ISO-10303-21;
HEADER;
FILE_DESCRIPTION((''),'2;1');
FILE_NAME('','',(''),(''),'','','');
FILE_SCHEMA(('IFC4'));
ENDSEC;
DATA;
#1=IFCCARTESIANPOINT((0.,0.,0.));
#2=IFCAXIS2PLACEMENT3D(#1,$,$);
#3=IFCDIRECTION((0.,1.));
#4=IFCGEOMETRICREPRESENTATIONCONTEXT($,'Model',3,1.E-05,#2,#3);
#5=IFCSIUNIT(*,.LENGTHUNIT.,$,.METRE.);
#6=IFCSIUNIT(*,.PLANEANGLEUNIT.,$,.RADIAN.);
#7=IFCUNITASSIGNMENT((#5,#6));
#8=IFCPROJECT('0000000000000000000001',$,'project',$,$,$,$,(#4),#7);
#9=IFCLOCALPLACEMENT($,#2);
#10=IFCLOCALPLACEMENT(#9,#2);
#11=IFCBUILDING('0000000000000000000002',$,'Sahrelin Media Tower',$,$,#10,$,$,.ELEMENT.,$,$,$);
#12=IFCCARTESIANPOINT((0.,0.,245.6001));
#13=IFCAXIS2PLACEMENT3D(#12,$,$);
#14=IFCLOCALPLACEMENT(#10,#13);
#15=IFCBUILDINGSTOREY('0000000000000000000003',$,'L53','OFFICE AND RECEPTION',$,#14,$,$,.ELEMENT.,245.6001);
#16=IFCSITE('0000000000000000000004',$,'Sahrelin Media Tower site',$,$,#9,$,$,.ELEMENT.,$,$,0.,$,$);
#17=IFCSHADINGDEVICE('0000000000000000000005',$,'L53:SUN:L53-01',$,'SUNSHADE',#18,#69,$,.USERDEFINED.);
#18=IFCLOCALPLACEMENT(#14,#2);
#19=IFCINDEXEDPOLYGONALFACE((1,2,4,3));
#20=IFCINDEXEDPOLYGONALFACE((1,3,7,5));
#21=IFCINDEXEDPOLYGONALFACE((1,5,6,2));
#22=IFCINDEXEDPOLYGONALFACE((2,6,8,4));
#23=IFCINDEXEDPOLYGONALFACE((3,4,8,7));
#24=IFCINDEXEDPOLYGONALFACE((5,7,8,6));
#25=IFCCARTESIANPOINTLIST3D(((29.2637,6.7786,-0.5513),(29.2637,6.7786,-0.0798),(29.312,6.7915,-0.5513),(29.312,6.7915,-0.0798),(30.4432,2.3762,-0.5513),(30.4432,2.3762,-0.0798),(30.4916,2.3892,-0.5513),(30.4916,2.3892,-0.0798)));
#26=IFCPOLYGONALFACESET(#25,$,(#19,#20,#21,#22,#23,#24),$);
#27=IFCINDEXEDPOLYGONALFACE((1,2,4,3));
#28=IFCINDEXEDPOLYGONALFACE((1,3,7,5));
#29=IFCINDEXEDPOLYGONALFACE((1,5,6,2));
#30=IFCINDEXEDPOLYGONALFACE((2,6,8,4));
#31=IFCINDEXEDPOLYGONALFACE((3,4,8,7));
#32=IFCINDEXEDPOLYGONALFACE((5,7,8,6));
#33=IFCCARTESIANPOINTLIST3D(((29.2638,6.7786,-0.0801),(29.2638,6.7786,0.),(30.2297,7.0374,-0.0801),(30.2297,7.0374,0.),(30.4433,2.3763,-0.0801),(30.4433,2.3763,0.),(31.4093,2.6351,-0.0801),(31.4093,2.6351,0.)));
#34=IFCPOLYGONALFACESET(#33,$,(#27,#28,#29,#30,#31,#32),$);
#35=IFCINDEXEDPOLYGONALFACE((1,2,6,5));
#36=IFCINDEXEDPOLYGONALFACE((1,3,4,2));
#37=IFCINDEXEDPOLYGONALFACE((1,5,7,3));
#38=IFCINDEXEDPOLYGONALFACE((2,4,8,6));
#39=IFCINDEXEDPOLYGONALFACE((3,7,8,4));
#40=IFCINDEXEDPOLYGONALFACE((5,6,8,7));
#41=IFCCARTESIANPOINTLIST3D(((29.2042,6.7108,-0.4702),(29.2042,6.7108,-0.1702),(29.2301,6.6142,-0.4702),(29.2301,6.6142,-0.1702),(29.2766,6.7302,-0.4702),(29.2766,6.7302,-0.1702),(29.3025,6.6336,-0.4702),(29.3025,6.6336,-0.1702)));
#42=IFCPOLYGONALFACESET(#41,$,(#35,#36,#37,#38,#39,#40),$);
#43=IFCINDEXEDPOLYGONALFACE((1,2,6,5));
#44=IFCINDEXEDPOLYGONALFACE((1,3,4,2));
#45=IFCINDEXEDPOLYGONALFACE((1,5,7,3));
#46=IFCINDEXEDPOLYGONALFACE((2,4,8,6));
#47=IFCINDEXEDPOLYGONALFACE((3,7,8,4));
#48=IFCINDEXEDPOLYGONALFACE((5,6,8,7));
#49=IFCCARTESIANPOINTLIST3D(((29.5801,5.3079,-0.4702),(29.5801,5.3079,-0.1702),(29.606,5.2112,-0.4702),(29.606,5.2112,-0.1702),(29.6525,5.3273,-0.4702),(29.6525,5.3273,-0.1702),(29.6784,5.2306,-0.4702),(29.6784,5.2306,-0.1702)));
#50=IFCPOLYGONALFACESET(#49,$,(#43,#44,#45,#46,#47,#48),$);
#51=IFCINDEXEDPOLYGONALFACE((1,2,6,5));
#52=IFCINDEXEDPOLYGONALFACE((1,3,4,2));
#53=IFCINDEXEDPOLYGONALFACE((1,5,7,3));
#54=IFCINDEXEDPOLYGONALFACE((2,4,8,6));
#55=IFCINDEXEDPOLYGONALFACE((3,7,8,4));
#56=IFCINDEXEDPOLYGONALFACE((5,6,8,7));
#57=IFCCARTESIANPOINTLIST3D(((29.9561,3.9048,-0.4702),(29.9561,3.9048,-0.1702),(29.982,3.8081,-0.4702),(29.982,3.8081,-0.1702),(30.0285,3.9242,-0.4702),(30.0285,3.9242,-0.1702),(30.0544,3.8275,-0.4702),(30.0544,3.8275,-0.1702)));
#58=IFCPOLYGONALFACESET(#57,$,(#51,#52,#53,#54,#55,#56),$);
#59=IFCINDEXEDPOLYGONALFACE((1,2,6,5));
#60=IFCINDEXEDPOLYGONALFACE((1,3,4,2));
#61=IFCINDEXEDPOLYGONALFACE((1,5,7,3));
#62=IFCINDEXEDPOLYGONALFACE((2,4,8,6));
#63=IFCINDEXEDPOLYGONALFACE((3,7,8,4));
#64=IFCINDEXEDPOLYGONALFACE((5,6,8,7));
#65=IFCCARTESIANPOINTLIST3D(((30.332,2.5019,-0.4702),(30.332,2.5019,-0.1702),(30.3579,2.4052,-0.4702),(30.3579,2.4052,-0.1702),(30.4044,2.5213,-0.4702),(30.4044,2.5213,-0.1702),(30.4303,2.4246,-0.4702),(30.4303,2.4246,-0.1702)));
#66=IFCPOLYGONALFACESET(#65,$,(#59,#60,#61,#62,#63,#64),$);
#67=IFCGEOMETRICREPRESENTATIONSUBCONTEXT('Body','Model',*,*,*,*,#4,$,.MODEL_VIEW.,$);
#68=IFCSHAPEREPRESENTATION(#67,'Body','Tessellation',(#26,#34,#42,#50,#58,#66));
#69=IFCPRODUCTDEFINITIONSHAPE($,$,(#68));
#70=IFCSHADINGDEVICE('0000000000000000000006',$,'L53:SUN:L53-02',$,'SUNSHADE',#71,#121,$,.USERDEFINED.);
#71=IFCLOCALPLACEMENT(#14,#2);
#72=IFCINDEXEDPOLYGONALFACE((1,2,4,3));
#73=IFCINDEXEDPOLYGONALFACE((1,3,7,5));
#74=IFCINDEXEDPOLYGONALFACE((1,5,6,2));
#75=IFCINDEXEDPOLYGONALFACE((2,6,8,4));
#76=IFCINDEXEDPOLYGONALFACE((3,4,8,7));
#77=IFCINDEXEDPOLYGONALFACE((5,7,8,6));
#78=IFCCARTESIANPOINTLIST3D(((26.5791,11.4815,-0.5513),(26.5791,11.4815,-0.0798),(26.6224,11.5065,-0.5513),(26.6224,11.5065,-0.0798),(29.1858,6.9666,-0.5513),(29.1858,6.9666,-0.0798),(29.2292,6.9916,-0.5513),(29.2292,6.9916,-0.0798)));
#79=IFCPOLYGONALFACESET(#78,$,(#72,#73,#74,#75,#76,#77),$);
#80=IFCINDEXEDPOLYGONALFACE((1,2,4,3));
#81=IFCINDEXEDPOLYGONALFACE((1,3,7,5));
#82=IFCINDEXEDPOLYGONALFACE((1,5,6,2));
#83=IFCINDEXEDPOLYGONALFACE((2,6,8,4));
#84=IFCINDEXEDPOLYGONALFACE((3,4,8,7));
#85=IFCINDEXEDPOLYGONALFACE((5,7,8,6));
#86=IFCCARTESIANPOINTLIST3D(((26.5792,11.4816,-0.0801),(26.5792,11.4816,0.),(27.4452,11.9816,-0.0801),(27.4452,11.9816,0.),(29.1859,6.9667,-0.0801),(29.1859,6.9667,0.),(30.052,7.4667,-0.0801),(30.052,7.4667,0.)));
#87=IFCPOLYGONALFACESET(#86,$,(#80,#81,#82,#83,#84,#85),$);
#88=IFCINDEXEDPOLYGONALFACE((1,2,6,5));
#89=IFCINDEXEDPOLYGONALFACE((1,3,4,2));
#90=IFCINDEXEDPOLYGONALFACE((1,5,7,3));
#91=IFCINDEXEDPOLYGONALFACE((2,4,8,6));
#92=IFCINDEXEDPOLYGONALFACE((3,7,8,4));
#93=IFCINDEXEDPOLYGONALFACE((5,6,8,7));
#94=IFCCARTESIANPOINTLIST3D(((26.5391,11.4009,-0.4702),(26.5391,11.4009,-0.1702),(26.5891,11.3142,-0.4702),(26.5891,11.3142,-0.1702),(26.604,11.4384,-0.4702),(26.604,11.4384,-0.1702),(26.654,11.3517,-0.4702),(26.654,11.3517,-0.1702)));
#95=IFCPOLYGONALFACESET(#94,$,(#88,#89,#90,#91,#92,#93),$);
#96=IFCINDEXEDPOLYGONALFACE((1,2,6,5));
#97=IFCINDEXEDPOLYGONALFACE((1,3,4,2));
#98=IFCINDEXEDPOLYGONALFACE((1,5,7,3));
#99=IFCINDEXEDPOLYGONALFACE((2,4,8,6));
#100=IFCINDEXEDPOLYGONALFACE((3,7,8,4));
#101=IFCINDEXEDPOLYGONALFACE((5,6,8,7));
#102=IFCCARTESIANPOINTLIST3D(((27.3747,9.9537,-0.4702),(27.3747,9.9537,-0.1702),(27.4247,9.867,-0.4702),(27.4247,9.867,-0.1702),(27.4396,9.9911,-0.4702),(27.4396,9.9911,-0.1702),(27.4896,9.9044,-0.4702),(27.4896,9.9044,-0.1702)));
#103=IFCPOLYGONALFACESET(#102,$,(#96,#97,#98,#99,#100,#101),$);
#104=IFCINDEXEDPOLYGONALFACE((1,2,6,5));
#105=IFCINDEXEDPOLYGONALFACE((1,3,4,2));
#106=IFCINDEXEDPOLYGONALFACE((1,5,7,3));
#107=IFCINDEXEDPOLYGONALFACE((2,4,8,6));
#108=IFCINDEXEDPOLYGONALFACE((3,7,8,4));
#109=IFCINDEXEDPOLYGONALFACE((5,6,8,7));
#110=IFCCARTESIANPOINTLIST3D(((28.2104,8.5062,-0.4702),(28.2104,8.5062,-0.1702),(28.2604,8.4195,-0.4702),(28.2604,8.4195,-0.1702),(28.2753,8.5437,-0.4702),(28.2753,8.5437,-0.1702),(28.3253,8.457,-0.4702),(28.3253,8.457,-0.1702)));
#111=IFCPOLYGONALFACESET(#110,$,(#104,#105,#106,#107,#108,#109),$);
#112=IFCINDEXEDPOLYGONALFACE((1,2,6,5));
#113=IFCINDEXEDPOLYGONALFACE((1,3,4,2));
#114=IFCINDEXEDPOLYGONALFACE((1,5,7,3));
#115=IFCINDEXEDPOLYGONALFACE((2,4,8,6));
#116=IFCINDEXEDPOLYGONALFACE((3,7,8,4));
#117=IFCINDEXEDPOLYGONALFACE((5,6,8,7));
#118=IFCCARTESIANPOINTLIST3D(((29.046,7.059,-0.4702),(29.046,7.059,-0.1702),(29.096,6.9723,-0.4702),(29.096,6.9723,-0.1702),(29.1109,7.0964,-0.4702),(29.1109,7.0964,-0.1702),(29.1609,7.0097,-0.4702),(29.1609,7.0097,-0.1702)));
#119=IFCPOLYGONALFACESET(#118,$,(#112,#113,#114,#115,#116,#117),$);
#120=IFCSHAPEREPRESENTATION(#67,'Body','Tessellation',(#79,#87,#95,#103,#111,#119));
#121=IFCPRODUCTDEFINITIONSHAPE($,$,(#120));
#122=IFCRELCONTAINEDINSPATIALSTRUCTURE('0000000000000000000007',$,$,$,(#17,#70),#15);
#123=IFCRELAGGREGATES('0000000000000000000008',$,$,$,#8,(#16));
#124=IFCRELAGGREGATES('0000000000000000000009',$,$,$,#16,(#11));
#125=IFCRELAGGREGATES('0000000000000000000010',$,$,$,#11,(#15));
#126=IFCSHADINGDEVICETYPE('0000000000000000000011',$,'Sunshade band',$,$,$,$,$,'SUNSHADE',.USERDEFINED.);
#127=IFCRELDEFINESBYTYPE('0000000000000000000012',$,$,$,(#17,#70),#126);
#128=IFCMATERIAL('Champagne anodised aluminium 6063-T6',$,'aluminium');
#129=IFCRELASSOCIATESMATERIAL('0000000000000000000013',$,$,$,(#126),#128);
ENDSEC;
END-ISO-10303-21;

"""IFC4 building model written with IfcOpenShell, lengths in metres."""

from ifc_helpers import new_model, si_unit, direction, frame, origin, origin_2d, place, context, subcontext, project, spatial, rectangle, extrude, material, type_object, element, save


model = new_model("IFC4")

# Units and contexts
model_context = context("Model", 3, precision=1e-05, world=origin(), true_north=direction((0.0, 1.0)))
body_context = subcontext(model_context, "Body", "Model", "MODEL_VIEW")
ifc_project = project(units=[si_unit("LENGTHUNIT", "METRE"), si_unit("PLANEANGLEUNIT", "RADIAN")], contexts=[model_context])

# Site, building, storey
site_placement = place(None, origin())
site = spatial("IfcSite", under=ifc_project, at=site_placement, Name="Sahrelin Media Tower site", CompositionType="ELEMENT", RefElevation=0.0)
building_placement = place(site_placement, origin())
building = spatial("IfcBuilding", under=site, at=building_placement, Name="Sahrelin Media Tower", CompositionType="ELEMENT")
storey_placement = place(building_placement, frame((0.0, 0.0, 245.6001)))
storey = spatial("IfcBuildingStorey", under=building, at=storey_placement, Name="L53", Description="OFFICE AND RECEPTION", CompositionType="ELEMENT", Elevation=245.6001)

# Shared definitions
ifc_material_1 = material(Name="Champagne anodised aluminium 6063-T6", Category="aluminium")

# Shading devices
placement_1 = place(storey_placement, frame((29.8342, 4.5723, 0.0), z_axis=(0.0, 0.0, 1.0), x_axis=(0.258808, -0.965929, 0.0)))
placement_2 = place(storey_placement, frame((27.8652, 9.2141, 0.0), z_axis=(0.0, 0.0, 1.0), x_axis=(0.500011, -0.866019, 0.0)))
shading_device_type_1 = type_object("IfcShadingDeviceType", Name="Sunshade band", ElementType="SUNSHADE", PredefinedType="USERDEFINED", material=ifc_material_1)
element("IfcShadingDevice", 1, at=placement_1, inside=storey, type_object=shading_device_type_1, Name="L53:SUN:L53-01", ObjectType="SUNSHADE", PredefinedType="USERDEFINED", context=body_context, shape_type="SweptSolid", body=[
    extrude(rectangle(XDim=4.5576, YDim=0.05, at=origin_2d()), frame((0.0, 0.0449, -0.5513)), (0.0, 0.0, 1.0), 0.4714),
    extrude(rectangle(XDim=4.5576, YDim=1.0, at=origin_2d()), frame((0.0, 0.52, -0.0801)), (0.0, 0.0, 1.0), 0.0801),
    extrude(rectangle(XDim=0.1001, YDim=0.075, at=origin_2d()), frame((-2.1787, -0.0176, -0.4702)), (0.0, 0.0, 1.0), 0.3),
    extrude(rectangle(XDim=0.1001, YDim=0.075, at=origin_2d()), frame((-0.7263, -0.0176, -0.4702)), (0.0, 0.0, 1.0), 0.3),
    extrude(rectangle(XDim=0.1001, YDim=0.075, at=origin_2d()), frame((0.7263, -0.0176, -0.4702)), (0.0, 0.0, 1.0), 0.3),
    extrude(rectangle(XDim=0.1001, YDim=0.075, at=origin_2d()), frame((2.1787, -0.0176, -0.4702)), (0.0, 0.0, 1.0), 0.3),
])
element("IfcShadingDevice", 2, at=placement_2, inside=storey, type_object=shading_device_type_1, Name="L53:SUN:L53-02", ObjectType="SUNSHADE", PredefinedType="USERDEFINED", context=body_context, shape_type="SweptSolid", body=[
    extrude(rectangle(XDim=5.2134, YDim=0.05, at=origin_2d()), frame((0.0, 0.0449, -0.5513)), (0.0, 0.0, 1.0), 0.4714),
    extrude(rectangle(XDim=5.2134, YDim=1.0, at=origin_2d()), frame((0.0, 0.52, -0.0801)), (0.0, 0.0, 1.0), 0.0801),
    extrude(rectangle(XDim=0.1001, YDim=0.075, at=origin_2d()), frame((-2.5068, -0.0176, -0.4702)), (0.0, 0.0, 1.0), 0.3),
    extrude(rectangle(XDim=0.1001, YDim=0.075, at=origin_2d()), frame((-0.8357, -0.0176, -0.4702)), (0.0, 0.0, 1.0), 0.3),
    extrude(rectangle(XDim=0.1001, YDim=0.075, at=origin_2d()), frame((0.8357, -0.0176, -0.4702)), (0.0, 0.0, 1.0), 0.3),
    extrude(rectangle(XDim=0.1001, YDim=0.075, at=origin_2d()), frame((2.5068, -0.0176, -0.4702)), (0.0, 0.0, 1.0), 0.3),
])

save(model, "model.ifc")
